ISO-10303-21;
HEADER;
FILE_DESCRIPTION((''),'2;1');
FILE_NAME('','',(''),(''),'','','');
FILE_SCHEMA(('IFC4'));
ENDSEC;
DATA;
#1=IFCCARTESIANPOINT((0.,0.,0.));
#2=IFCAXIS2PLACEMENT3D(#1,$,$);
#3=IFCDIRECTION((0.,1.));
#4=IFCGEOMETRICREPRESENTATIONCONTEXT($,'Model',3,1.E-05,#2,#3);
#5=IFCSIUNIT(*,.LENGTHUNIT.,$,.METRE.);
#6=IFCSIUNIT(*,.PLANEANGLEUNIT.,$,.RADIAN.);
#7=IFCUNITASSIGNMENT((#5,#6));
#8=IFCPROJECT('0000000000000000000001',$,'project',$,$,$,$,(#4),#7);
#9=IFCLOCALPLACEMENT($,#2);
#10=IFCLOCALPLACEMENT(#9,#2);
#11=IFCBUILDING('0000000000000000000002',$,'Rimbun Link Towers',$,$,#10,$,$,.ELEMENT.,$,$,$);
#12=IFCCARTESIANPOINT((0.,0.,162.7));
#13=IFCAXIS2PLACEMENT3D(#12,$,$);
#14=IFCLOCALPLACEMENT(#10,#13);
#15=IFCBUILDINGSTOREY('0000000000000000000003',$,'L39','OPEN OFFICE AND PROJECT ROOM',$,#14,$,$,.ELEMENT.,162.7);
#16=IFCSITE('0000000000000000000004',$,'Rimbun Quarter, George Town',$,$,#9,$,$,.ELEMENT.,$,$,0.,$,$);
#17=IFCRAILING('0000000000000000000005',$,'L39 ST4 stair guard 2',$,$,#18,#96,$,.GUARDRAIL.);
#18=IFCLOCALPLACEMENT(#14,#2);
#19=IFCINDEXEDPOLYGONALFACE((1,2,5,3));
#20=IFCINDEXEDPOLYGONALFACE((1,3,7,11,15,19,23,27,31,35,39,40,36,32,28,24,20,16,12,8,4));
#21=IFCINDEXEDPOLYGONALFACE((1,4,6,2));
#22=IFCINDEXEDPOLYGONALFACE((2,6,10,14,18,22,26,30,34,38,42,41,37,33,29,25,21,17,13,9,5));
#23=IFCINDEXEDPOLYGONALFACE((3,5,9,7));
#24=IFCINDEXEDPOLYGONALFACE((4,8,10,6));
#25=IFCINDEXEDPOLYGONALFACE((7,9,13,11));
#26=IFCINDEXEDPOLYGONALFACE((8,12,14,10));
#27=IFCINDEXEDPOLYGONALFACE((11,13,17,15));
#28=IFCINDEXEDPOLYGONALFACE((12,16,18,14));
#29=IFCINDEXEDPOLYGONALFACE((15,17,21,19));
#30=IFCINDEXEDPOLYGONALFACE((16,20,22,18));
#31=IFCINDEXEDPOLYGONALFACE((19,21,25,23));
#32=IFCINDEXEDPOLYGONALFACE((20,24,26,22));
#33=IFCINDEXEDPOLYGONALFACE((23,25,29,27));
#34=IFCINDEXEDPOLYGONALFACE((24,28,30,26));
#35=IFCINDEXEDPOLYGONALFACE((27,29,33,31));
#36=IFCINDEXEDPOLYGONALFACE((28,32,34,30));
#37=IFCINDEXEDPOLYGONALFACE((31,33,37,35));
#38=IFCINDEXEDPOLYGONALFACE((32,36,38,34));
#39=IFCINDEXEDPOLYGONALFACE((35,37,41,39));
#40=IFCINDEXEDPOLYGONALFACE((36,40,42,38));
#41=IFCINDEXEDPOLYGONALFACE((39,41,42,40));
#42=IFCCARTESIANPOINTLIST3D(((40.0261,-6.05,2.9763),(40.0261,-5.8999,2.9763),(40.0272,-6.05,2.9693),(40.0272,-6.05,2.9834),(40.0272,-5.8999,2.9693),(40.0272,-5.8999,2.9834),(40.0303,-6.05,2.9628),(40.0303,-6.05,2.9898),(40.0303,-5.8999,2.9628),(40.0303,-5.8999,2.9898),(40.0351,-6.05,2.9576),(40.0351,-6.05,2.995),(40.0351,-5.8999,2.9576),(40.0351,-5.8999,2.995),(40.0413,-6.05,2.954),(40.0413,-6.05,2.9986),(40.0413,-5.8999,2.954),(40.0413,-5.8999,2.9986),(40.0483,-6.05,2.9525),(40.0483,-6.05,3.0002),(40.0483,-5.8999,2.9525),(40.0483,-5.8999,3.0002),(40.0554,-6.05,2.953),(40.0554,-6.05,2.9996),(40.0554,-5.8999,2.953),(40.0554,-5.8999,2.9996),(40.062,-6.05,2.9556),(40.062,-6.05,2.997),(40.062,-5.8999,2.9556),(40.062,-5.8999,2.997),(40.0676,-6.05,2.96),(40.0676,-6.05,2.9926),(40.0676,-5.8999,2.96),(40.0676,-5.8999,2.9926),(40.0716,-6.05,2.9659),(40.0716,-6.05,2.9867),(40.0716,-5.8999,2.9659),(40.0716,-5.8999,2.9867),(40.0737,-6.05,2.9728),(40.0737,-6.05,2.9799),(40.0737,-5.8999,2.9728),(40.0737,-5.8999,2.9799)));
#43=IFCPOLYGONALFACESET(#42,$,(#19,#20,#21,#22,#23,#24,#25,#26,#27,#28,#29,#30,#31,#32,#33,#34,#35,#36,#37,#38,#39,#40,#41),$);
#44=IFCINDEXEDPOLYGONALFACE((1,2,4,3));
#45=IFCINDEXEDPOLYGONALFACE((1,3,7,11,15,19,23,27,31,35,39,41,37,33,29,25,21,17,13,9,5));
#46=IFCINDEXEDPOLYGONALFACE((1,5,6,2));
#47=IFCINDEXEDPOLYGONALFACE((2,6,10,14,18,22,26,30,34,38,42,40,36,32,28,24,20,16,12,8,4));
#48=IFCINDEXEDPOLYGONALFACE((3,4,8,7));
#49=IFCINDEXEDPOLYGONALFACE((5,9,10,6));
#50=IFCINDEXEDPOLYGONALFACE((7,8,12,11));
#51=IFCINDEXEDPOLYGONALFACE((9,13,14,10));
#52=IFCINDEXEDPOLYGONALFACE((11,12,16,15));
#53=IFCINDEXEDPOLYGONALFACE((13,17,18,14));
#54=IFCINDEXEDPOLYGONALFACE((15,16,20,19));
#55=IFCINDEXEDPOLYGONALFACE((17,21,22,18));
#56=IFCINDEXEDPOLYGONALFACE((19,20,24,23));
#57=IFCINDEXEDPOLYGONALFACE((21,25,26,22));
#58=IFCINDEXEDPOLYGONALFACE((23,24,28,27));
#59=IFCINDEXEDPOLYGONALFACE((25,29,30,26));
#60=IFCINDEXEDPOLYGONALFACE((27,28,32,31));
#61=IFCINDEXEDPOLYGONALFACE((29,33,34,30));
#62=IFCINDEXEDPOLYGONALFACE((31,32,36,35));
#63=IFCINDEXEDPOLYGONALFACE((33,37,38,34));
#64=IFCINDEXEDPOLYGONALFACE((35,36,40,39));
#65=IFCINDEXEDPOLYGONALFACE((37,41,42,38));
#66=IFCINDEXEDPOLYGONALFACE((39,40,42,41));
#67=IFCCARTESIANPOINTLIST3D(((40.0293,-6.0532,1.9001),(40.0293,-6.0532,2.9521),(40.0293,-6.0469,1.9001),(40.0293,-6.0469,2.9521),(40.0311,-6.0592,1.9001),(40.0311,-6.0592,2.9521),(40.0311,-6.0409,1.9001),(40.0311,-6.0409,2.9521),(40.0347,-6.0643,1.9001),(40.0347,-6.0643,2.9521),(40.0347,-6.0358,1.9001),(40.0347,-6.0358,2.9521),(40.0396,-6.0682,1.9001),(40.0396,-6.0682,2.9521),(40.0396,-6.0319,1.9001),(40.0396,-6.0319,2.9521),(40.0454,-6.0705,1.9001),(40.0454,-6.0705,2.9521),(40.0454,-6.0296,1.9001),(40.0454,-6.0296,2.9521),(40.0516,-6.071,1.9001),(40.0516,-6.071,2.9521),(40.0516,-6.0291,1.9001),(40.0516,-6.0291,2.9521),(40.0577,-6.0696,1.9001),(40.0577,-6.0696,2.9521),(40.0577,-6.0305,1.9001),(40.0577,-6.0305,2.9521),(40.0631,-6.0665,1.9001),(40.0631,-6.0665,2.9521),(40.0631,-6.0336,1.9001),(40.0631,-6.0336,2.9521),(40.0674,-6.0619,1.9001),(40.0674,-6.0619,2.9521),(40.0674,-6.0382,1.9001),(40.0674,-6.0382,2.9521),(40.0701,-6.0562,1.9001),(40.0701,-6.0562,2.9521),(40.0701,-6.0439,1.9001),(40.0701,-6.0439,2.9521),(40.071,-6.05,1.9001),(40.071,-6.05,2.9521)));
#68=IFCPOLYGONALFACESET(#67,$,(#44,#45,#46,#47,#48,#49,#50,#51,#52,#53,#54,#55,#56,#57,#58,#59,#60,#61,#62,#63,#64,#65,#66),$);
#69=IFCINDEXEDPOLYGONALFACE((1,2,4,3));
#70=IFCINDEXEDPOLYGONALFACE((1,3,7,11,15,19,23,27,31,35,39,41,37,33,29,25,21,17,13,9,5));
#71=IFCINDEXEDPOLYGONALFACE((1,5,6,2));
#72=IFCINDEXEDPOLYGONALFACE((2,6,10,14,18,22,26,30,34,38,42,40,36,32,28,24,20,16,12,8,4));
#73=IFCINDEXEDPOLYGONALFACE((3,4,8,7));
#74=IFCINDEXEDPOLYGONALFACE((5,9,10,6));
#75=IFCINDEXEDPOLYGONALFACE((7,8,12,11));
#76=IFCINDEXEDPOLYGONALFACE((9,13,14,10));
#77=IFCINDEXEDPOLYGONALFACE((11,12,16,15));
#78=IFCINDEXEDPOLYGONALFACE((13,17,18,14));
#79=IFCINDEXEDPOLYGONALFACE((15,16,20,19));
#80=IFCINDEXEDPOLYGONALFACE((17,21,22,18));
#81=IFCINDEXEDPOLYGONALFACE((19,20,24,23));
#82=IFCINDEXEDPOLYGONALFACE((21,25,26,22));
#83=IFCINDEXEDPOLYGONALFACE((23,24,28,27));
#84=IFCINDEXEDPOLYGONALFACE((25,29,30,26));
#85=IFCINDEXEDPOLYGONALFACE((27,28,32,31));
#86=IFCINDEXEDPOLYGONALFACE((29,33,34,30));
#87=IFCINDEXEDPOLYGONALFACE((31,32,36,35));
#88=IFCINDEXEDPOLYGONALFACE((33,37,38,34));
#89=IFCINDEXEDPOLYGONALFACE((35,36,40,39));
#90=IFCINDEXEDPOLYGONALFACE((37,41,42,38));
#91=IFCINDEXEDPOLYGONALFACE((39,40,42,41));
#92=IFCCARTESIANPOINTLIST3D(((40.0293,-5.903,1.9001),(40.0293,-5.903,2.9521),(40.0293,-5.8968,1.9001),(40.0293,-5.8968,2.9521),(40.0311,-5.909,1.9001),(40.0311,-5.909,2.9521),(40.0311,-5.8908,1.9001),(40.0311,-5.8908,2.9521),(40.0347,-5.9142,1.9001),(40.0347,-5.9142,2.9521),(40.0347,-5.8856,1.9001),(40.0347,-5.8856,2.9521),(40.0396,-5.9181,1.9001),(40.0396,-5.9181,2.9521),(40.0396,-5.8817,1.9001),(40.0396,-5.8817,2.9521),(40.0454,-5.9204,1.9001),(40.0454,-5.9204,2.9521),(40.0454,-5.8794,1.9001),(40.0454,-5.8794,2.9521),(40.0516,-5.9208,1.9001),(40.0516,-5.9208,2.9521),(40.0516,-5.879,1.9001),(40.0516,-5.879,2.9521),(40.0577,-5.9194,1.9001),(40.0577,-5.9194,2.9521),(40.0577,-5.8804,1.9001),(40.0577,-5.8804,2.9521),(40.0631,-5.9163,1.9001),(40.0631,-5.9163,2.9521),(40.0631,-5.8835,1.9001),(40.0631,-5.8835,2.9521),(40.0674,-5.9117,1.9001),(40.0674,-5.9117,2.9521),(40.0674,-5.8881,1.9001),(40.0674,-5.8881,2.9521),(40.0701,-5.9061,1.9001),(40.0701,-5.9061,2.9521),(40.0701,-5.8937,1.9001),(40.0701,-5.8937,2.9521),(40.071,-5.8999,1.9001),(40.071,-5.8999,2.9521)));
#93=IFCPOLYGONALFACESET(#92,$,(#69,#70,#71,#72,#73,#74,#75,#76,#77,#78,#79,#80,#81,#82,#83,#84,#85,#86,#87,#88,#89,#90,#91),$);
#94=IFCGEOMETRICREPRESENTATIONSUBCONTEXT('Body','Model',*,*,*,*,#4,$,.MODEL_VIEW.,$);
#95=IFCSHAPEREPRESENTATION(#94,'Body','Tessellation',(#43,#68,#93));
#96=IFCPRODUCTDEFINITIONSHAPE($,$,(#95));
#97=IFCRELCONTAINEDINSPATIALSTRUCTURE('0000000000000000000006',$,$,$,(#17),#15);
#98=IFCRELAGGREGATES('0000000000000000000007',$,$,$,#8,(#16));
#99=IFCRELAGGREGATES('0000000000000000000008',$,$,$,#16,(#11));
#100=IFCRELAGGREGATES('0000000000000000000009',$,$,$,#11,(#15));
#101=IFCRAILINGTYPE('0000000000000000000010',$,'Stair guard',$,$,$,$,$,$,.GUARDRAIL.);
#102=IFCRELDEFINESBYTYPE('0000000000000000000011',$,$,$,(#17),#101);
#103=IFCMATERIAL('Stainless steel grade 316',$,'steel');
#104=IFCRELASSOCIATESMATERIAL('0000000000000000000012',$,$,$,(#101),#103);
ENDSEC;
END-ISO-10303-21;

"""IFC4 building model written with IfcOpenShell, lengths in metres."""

from ifc_helpers import new_model, si_unit, direction, frame, origin, origin_2d, place, context, subcontext, project, spatial, circle, extrude, material, type_object, element, save


model = new_model("IFC4")

# Units and contexts
model_context = context("Model", 3, precision=1e-05, world=origin(), true_north=direction((0.0, 1.0)))
body_context = subcontext(model_context, "Body", "Model", "MODEL_VIEW")
ifc_project = project(units=[si_unit("LENGTHUNIT", "METRE"), si_unit("PLANEANGLEUNIT", "RADIAN")], contexts=[model_context])

# Site, building, storey
site_placement = place(None, origin())
site = spatial("IfcSite", under=ifc_project, at=site_placement, Name="Rimbun Quarter, George Town", CompositionType="ELEMENT", RefElevation=0.0)
building_placement = place(site_placement, origin())
building = spatial("IfcBuilding", under=site, at=building_placement, Name="Rimbun Link Towers", CompositionType="ELEMENT")
storey_placement = place(building_placement, frame((0.0, 0.0, 162.7)))
storey = spatial("IfcBuildingStorey", under=building, at=storey_placement, Name="L39", Description="OPEN OFFICE AND PROJECT ROOM", CompositionType="ELEMENT", Elevation=162.7)

# Railing
ifc_material_1 = material(Name="Stainless steel grade 316", Category="steel")
railing_type_1 = type_object("IfcRailingType", Name="Stair guard", PredefinedType="GUARDRAIL", material=ifc_material_1)
railing_1_placement = place(storey_placement, frame((40.05, -6.05, 1.9001)))
element("IfcRailing", 1, at=railing_1_placement, inside=storey, type_object=railing_type_1, Name="L39 ST4 stair guard 2", PredefinedType="GUARDRAIL", context=body_context, shape_type="SweptSolid", body=[
    extrude(circle(Radius=0.0239, at=origin_2d()), frame((0.0, 0.0, 1.0762), z_axis=(0.0, 1.0, 0.0), x_axis=(-1.0, 0.0, 0.0)), (0.0, 0.0, 1.0), 0.1501),
    extrude(circle(Radius=0.021, at=origin_2d()), origin(), (0.0, 0.0, 1.0), 1.052),
    extrude(circle(Radius=0.021, at=origin_2d()), frame((0.0, 0.1501, 0.0)), (0.0, 0.0, 1.0), 1.052),
])

save(model, "model.ifc")
